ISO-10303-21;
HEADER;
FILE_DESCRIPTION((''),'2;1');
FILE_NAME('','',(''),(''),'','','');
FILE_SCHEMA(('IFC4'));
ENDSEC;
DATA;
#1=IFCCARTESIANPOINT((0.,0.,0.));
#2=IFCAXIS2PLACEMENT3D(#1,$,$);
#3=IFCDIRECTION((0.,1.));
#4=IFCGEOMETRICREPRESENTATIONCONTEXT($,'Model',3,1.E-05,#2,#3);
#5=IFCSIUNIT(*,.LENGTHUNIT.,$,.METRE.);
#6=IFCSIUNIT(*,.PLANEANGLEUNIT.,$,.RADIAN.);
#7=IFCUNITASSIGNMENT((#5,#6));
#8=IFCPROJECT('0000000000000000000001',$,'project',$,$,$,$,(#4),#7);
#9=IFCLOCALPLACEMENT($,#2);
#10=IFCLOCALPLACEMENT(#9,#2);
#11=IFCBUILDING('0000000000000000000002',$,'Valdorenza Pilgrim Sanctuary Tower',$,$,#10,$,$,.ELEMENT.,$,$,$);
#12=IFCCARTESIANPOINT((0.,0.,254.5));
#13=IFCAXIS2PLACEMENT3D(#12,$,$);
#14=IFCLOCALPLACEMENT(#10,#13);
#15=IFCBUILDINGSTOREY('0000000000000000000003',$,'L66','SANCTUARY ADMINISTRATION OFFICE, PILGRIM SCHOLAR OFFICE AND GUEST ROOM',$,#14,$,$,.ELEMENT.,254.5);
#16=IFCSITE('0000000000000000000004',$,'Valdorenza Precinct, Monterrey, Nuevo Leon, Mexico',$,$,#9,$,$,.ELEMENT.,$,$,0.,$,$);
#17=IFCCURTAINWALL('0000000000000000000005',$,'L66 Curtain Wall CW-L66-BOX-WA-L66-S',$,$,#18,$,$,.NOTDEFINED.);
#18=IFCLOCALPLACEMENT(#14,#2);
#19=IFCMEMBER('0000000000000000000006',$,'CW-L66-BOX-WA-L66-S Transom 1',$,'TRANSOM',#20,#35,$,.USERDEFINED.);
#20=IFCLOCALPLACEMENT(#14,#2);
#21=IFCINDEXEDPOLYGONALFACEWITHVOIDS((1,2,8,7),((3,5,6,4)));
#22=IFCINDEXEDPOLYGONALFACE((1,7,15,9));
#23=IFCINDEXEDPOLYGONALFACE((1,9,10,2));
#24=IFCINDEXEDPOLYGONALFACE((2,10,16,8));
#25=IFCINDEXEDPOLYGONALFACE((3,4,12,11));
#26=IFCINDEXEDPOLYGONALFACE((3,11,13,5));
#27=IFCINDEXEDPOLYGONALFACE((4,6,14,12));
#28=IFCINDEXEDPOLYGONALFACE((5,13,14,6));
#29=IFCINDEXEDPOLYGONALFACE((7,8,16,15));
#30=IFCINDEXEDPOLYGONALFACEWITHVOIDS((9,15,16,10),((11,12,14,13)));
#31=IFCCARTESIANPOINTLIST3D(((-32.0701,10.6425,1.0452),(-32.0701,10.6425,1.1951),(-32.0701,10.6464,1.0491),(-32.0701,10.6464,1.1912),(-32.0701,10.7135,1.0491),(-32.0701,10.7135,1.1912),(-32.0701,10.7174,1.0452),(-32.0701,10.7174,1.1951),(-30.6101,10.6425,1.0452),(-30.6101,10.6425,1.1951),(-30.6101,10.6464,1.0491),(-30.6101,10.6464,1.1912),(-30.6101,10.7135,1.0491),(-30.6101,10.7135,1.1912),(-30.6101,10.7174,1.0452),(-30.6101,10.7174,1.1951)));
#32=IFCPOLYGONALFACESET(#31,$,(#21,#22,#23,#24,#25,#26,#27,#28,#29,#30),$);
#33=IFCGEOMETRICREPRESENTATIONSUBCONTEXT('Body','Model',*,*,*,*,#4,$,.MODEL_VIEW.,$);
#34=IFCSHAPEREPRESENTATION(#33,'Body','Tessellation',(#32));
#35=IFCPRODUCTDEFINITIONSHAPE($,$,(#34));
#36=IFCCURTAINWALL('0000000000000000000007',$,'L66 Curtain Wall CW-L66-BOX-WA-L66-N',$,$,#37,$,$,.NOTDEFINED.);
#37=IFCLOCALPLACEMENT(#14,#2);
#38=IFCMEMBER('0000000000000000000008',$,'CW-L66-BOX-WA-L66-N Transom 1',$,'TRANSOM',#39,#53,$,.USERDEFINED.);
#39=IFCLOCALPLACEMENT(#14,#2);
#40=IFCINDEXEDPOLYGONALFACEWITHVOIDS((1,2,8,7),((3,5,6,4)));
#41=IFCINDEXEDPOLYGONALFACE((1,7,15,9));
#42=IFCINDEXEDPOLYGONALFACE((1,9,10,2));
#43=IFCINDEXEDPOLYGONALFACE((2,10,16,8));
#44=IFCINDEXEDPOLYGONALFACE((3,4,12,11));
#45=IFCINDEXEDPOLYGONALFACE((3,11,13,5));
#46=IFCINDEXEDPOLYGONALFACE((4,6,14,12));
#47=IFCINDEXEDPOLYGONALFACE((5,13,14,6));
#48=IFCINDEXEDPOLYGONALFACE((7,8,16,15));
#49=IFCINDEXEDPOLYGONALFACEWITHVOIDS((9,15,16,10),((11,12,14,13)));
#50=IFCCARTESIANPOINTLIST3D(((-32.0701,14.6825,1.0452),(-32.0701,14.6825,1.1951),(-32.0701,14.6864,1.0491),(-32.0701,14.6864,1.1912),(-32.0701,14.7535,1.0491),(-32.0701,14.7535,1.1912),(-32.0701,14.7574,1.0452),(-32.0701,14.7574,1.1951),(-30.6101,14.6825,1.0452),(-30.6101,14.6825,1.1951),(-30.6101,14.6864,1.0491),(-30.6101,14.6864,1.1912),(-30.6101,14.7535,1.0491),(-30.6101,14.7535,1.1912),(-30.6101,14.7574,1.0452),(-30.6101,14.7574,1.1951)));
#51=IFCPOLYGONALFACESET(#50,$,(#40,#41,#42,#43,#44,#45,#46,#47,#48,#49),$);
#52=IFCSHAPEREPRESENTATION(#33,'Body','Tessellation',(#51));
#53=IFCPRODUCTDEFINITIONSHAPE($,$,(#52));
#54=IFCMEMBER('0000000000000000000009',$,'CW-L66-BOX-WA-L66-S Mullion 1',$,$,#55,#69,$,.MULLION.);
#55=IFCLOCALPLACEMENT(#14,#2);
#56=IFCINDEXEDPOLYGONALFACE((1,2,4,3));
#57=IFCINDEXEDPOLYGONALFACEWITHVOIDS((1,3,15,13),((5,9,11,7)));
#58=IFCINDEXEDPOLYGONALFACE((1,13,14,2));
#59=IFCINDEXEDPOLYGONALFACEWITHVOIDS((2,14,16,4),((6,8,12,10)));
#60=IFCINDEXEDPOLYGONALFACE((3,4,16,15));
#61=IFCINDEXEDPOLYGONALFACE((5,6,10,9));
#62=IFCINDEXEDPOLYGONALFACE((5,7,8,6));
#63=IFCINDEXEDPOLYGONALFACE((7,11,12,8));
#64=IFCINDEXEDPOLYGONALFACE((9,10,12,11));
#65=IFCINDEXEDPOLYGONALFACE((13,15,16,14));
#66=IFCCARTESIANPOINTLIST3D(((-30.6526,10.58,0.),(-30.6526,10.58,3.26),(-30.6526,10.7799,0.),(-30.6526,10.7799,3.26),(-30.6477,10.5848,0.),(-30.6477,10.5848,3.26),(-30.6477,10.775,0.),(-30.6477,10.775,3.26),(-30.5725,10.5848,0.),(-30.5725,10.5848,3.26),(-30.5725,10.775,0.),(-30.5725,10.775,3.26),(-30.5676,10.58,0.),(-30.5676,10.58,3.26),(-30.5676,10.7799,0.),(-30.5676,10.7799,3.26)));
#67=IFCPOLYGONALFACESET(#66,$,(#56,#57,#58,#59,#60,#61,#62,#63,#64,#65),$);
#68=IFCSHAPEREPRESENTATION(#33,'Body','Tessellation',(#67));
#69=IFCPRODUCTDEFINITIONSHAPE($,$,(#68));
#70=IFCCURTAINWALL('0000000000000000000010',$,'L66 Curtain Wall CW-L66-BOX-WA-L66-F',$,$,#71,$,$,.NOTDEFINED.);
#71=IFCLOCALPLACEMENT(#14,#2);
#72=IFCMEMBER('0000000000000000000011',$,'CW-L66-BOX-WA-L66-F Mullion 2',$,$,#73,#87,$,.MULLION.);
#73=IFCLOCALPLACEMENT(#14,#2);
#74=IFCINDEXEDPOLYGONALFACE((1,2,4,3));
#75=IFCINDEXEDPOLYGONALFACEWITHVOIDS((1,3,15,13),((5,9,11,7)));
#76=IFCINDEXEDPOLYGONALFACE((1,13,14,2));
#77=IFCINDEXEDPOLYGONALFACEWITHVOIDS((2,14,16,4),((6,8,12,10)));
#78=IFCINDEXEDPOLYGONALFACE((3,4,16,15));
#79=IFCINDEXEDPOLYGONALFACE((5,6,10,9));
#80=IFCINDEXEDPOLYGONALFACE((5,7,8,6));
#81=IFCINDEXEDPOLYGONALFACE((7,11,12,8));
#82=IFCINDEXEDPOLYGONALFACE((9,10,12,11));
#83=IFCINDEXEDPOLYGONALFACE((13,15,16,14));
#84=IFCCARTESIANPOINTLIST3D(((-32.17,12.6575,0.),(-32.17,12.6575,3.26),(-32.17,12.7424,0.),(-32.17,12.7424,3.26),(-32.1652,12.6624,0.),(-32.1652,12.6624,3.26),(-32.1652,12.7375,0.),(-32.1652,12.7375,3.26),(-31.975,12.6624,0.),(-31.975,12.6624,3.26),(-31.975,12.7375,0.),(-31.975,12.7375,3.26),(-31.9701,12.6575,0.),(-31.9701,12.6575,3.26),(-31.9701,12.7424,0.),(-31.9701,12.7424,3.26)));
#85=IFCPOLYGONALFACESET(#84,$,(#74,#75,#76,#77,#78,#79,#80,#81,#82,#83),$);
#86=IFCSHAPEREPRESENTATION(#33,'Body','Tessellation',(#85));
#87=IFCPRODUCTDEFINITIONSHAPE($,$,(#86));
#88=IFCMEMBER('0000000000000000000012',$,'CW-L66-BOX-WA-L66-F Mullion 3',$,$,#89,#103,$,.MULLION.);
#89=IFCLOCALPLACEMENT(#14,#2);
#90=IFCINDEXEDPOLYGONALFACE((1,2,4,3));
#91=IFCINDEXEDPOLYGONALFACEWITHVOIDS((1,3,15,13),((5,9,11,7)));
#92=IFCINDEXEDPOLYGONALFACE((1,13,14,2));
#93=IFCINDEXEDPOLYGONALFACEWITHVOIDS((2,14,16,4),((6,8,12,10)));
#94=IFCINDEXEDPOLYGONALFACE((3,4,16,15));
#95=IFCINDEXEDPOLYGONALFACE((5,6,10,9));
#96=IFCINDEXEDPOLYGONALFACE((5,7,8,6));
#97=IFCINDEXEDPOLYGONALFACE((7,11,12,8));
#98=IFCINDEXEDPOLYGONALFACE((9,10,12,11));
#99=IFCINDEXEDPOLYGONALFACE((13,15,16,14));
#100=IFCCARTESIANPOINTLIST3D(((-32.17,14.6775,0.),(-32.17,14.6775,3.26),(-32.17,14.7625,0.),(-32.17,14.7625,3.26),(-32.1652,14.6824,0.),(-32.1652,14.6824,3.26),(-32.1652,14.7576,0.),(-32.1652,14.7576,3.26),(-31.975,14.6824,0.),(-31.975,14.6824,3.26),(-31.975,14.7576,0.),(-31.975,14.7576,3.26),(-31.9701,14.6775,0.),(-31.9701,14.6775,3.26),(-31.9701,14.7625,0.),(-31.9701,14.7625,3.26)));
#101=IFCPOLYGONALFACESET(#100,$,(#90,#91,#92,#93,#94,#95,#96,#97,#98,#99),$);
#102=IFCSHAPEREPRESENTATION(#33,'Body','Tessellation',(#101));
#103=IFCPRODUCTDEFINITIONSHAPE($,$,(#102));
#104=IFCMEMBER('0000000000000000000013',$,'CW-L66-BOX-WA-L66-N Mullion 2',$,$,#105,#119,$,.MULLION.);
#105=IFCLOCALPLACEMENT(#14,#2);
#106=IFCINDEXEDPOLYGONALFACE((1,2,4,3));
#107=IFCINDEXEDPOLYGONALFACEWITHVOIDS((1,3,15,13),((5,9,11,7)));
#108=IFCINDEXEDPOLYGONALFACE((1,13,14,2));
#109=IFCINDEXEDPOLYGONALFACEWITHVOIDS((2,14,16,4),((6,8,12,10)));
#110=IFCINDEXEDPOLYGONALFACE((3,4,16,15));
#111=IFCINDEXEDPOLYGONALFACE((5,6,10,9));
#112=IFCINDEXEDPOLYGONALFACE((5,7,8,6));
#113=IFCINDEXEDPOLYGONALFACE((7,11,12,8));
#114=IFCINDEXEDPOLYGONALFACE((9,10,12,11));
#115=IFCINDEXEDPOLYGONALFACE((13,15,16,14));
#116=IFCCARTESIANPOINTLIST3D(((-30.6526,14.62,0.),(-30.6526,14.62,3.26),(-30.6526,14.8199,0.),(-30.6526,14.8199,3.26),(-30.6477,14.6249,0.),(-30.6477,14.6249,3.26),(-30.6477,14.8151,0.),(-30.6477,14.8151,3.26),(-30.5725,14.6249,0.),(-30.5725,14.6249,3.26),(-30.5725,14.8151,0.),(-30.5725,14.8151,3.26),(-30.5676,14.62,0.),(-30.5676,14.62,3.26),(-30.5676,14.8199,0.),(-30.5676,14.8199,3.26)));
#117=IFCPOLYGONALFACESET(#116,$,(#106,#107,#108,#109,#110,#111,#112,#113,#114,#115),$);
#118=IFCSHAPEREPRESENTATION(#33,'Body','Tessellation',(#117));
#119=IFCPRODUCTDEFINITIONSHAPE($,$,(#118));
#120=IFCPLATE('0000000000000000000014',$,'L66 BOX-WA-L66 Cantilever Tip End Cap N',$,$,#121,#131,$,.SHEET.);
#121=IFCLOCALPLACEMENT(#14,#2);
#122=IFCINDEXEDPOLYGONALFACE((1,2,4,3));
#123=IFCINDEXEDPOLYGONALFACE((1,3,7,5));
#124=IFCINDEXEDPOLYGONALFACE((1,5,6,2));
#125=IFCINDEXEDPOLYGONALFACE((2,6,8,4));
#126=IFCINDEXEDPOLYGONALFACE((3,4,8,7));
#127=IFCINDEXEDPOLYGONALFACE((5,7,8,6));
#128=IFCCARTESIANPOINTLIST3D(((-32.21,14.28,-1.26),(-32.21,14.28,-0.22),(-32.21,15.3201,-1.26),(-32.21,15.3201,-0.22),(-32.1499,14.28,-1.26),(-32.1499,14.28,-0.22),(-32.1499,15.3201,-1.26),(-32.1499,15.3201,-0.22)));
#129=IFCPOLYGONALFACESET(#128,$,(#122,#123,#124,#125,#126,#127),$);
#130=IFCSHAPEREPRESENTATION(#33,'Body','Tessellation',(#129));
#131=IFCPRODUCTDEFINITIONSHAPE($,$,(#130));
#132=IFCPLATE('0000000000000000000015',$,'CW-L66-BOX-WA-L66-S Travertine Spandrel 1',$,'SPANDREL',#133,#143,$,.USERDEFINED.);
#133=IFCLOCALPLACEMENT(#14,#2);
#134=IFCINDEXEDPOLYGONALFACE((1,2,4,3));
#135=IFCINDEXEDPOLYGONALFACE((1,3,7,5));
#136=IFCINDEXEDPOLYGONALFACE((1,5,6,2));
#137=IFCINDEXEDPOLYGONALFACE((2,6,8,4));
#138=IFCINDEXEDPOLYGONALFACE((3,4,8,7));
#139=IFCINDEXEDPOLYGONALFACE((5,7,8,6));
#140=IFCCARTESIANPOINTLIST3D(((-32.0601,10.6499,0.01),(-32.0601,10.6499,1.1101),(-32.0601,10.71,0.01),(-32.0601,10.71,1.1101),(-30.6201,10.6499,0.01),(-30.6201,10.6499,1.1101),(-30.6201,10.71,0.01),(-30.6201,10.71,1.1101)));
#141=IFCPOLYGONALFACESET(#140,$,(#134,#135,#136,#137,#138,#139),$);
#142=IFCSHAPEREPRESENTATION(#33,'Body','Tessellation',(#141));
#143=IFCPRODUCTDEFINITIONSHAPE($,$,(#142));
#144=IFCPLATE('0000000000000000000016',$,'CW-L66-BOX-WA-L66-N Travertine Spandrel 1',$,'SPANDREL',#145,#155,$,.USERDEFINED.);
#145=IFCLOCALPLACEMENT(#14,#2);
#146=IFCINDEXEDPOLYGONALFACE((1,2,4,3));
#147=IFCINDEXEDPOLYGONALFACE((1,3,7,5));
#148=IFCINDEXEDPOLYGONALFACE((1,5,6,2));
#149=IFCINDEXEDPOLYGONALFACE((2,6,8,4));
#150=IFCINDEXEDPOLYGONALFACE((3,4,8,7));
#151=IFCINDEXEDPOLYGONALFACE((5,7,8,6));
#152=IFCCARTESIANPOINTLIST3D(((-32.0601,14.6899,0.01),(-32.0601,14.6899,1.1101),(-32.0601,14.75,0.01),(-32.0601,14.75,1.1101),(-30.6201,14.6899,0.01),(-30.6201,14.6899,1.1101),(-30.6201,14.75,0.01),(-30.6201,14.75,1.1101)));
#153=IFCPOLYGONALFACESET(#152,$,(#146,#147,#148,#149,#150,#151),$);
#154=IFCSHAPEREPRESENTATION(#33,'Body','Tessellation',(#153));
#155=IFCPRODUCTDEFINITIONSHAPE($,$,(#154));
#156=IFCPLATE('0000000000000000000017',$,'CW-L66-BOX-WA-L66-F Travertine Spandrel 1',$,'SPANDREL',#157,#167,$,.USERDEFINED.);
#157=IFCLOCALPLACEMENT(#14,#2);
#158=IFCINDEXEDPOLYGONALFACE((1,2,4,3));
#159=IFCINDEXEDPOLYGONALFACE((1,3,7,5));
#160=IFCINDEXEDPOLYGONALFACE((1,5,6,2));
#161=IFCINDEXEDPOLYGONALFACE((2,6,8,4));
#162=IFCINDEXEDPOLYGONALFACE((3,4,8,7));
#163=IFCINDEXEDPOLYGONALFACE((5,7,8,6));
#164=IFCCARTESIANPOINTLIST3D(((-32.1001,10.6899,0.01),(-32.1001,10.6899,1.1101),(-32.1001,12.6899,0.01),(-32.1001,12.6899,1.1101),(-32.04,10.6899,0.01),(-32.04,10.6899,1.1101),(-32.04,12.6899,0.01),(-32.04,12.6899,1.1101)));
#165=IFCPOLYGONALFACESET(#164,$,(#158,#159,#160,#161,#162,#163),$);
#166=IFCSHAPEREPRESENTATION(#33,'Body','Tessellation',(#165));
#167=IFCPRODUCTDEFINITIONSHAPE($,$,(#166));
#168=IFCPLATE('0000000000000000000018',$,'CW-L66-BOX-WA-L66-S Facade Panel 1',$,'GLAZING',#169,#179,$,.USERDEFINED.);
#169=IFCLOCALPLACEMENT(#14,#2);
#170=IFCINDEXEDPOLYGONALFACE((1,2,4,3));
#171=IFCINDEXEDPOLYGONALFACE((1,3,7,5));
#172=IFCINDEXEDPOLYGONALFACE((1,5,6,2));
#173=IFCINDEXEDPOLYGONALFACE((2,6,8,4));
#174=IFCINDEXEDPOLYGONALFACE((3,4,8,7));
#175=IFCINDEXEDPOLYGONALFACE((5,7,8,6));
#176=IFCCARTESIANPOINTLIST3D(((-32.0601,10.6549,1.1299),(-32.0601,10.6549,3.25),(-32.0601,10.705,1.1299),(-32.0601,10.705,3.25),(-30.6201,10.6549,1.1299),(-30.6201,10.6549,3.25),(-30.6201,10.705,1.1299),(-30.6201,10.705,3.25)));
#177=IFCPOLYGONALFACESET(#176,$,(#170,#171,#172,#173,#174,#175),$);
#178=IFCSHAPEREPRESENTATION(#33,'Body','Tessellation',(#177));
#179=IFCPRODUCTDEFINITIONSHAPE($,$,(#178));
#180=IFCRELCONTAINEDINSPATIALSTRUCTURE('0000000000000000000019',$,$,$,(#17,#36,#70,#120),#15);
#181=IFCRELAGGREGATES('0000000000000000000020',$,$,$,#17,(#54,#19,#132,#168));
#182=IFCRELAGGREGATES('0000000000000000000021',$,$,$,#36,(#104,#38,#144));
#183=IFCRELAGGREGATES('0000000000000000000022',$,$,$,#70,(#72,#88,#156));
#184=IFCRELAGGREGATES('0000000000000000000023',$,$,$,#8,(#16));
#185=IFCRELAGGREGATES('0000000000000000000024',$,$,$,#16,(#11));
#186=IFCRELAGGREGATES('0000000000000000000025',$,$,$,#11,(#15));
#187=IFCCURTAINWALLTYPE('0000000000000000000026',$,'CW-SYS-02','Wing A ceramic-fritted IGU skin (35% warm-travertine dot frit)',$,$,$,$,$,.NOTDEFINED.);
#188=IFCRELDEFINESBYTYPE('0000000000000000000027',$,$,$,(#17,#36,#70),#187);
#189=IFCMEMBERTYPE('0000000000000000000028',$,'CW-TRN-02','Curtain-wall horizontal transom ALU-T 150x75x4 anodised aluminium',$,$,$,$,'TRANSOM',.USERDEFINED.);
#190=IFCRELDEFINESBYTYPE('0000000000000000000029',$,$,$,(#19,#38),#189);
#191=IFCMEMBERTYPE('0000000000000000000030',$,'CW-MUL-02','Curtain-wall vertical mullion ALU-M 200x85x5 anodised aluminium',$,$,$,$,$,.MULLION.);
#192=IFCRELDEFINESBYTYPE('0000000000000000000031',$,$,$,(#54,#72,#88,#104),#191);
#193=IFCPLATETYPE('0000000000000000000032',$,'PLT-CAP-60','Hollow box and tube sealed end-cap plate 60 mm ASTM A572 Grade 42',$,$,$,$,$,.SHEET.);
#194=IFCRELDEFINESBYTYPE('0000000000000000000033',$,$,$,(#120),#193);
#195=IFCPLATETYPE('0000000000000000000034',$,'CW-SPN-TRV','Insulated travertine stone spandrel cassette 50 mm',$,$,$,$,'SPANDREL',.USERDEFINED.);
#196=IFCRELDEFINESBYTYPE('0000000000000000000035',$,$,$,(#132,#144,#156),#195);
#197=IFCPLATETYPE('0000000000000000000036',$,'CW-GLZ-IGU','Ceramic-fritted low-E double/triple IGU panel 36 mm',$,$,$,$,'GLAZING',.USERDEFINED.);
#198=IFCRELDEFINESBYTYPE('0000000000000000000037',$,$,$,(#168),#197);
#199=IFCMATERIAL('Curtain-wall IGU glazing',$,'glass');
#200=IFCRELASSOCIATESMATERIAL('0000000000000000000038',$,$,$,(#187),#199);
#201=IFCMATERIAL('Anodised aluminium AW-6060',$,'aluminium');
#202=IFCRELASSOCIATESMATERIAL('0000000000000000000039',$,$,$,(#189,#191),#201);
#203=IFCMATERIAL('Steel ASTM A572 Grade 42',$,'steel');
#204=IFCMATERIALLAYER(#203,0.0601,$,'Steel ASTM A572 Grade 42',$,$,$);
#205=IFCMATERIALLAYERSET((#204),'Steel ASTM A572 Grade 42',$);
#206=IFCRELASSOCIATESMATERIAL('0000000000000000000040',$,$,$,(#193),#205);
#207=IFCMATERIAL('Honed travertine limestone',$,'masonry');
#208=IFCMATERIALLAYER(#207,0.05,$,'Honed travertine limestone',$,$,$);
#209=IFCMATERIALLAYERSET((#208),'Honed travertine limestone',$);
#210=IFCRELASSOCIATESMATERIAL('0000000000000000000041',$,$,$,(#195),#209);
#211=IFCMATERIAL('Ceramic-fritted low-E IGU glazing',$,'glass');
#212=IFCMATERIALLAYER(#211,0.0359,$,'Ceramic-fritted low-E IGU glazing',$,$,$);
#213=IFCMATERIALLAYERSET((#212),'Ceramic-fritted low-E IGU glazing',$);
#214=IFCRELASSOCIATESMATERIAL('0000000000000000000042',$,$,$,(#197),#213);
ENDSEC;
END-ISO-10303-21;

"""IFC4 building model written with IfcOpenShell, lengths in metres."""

from ifc_helpers import new_model, si_unit, direction, frame, origin, origin_2d, place, context, subcontext, project, spatial, rectangle, hollow_rectangle, extrude, source, transform, mapped, material, layer, layer_set, material_profile, profile_set, type_object, element, aggregate, save


model = new_model("IFC4")

# Units and contexts
model_context = context("Model", 3, precision=1e-05, world=origin(), true_north=direction((0.0, 1.0)))
body_context = subcontext(model_context, "Body", "Model", "MODEL_VIEW")
ifc_project = project(units=[si_unit("LENGTHUNIT", "METRE"), si_unit("PLANEANGLEUNIT", "RADIAN")], contexts=[model_context])

# Site, building, storey
site_placement = place(None, origin())
site = spatial("IfcSite", under=ifc_project, at=site_placement, Name="Valdorenza Precinct, Monterrey, Nuevo Leon, Mexico", CompositionType="ELEMENT", RefElevation=0.0)
building_placement = place(site_placement, origin())
building = spatial("IfcBuilding", under=site, at=building_placement, Name="Valdorenza Pilgrim Sanctuary Tower", CompositionType="ELEMENT")
storey_placement = place(building_placement, frame((0.0, 0.0, 254.5)))
storey = spatial("IfcBuildingStorey", under=building, at=storey_placement, Name="L66", Description="SANCTUARY ADMINISTRATION OFFICE, PILGRIM SCHOLAR OFFICE AND GUEST ROOM", CompositionType="ELEMENT", Elevation=254.5)

# Curtain walls, members
ifc_material_1 = material(Name="Curtain-wall IGU glazing", Category="glass")
curtain_wall_type = type_object("IfcCurtainWallType", Name="CW-SYS-02", Description="Wing A ceramic-fritted IGU skin (35% warm-travertine dot frit)", PredefinedType="NOTDEFINED", material=ifc_material_1)
curtain_wall_1_placement = place(storey_placement, origin())
curtain_wall_1 = element("IfcCurtainWall", 1, at=curtain_wall_1_placement, inside=storey, type_object=curtain_wall_type, Name="L66 Curtain Wall CW-L66-BOX-WA-L66-S", PredefinedType="NOTDEFINED")
ifc_material_2 = material(Name="Anodised aluminium AW-6060", Category="aluminium")
ifc_material_profile_1 = material_profile(ifc_material_2, hollow_rectangle(XDim=0.075, YDim=0.1499, WallThickness=0.0039, at=origin_2d()), Name="ALU-T 150x75x4")
ifc_profile_set_1 = profile_set([ifc_material_profile_1], Name="Anodised aluminium AW-6060")
member_type_1 = type_object("IfcMemberType", Name="CW-TRN-02", Description="Curtain-wall horizontal transom ALU-T 150x75x4 anodised aluminium", ElementType="TRANSOM", PredefinedType="USERDEFINED", material=ifc_profile_set_1)
shared_shape_1 = source(origin(), body_context, "Body", "SweptSolid", [
    extrude(hollow_rectangle(XDim=0.075, YDim=0.1499, WallThickness=0.0039, at=origin_2d()), origin(), (0.0, 0.0, 1.0), 1.46),
])
member_1_placement = place(storey_placement, frame((-30.6101, 10.6799, 1.1201), z_axis=(-1.0, 0.0, 0.0), x_axis=(0.0, -1.0, 0.0)))
member_1 = element("IfcMember", 2, at=member_1_placement, type_object=member_type_1, Name="CW-L66-BOX-WA-L66-S Transom 1", ObjectType="TRANSOM", PredefinedType="USERDEFINED", context=body_context, shape_type="MappedRepresentation", body=[
    mapped(shared_shape_1, transform((0.0, 0.0, 0.0), x_axis=(1.0, 0.0, 0.0), y_axis=(0.0, 1.0, 0.0), z_axis=(0.0, 0.0, 1.0), scale=1.0)),
])
curtain_wall_2_placement = place(storey_placement, origin())
curtain_wall_2 = element("IfcCurtainWall", 3, at=curtain_wall_2_placement, inside=storey, type_object=curtain_wall_type, Name="L66 Curtain Wall CW-L66-BOX-WA-L66-N", PredefinedType="NOTDEFINED")
member_2_placement = place(storey_placement, frame((-32.0701, 14.72, 1.1201), z_axis=(1.0, 0.0, 0.0), x_axis=(0.0, 1.0, 0.0)))
member_2 = element("IfcMember", 4, at=member_2_placement, type_object=member_type_1, Name="CW-L66-BOX-WA-L66-N Transom 1", ObjectType="TRANSOM", PredefinedType="USERDEFINED", context=body_context, shape_type="MappedRepresentation", body=[
    mapped(shared_shape_1, transform((0.0, 0.0, 0.0), x_axis=(1.0, 0.0, 0.0), y_axis=(0.0, 1.0, 0.0), z_axis=(0.0, 0.0, 1.0), scale=1.0)),
])

# Member
ifc_material_profile_2 = material_profile(ifc_material_2, hollow_rectangle(XDim=0.085, YDim=0.2, WallThickness=0.0049, at=origin_2d()), Name="ALU-M 200x85x5")
ifc_profile_set_2 = profile_set([ifc_material_profile_2], Name="Anodised aluminium AW-6060")
member_type_2 = type_object("IfcMemberType", Name="CW-MUL-02", Description="Curtain-wall vertical mullion ALU-M 200x85x5 anodised aluminium", PredefinedType="MULLION", material=ifc_profile_set_2)
shared_shape_2 = source(origin(), body_context, "Body", "SweptSolid", [
    extrude(hollow_rectangle(XDim=0.085, YDim=0.2, WallThickness=0.0049, at=origin_2d()), origin(), (0.0, 0.0, 1.0), 3.26),
])
member_3_placement = place(storey_placement, frame((-30.6101, 10.6799, 0.0), z_axis=(0.0, 0.0, 1.0), x_axis=(-1.0, 0.0, 0.0)))
member_3 = element("IfcMember", 5, at=member_3_placement, type_object=member_type_2, Name="CW-L66-BOX-WA-L66-S Mullion 1", PredefinedType="MULLION", context=body_context, shape_type="MappedRepresentation", body=[
    mapped(shared_shape_2, transform((0.0, 0.0, 0.0), x_axis=(1.0, 0.0, 0.0), y_axis=(0.0, 1.0, 0.0), z_axis=(0.0, 0.0, 1.0), scale=1.0)),
])

# Curtain wall, members
curtain_wall_3_placement = place(storey_placement, origin())
curtain_wall_3 = element("IfcCurtainWall", 6, at=curtain_wall_3_placement, inside=storey, type_object=curtain_wall_type, Name="L66 Curtain Wall CW-L66-BOX-WA-L66-F", PredefinedType="NOTDEFINED")
member_4_placement = place(storey_placement, frame((-32.0701, 12.7, 0.0), z_axis=(0.0, 0.0, 1.0), x_axis=(0.0, 1.0, 0.0)))
member_4 = element("IfcMember", 7, at=member_4_placement, type_object=member_type_2, Name="CW-L66-BOX-WA-L66-F Mullion 2", PredefinedType="MULLION", context=body_context, shape_type="MappedRepresentation", body=[
    mapped(shared_shape_2, transform((0.0, 0.0, 0.0), x_axis=(1.0, 0.0, 0.0), y_axis=(0.0, 1.0, 0.0), z_axis=(0.0, 0.0, 1.0), scale=1.0)),
])
member_5_placement = place(storey_placement, frame((-32.0701, 14.72, 0.0), z_axis=(0.0, 0.0, 1.0), x_axis=(0.0, 1.0, 0.0)))
member_5 = element("IfcMember", 8, at=member_5_placement, type_object=member_type_2, Name="CW-L66-BOX-WA-L66-F Mullion 3", PredefinedType="MULLION", context=body_context, shape_type="MappedRepresentation", body=[
    mapped(shared_shape_2, transform((0.0, 0.0, 0.0), x_axis=(1.0, 0.0, 0.0), y_axis=(0.0, 1.0, 0.0), z_axis=(0.0, 0.0, 1.0), scale=1.0)),
])

# Member
member_6_placement = place(storey_placement, frame((-30.6101, 14.72, 0.0), z_axis=(0.0, 0.0, 1.0), x_axis=(1.0, 0.0, 0.0)))
member_6 = element("IfcMember", 9, at=member_6_placement, type_object=member_type_2, Name="CW-L66-BOX-WA-L66-N Mullion 2", PredefinedType="MULLION", context=body_context, shape_type="MappedRepresentation", body=[
    mapped(shared_shape_2, transform((0.0, 0.0, 0.0), x_axis=(1.0, 0.0, 0.0), y_axis=(0.0, 1.0, 0.0), z_axis=(0.0, 0.0, 1.0), scale=1.0)),
])

# Plates
ifc_material_3 = material(Name="Steel ASTM A572 Grade 42", Category="steel")
ifc_layer_1 = layer(ifc_material_3, 0.0601, Name="Steel ASTM A572 Grade 42")
ifc_layer_set_1 = layer_set([ifc_layer_1], Name="Steel ASTM A572 Grade 42")
plate_type_1 = type_object("IfcPlateType", Name="PLT-CAP-60", Description="Hollow box and tube sealed end-cap plate 60 mm ASTM A572 Grade 42", PredefinedType="SHEET", material=ifc_layer_set_1)
shared_shape_3 = source(origin(), body_context, "Body", "SweptSolid", [
    extrude(rectangle(XDim=0.0601, YDim=1.04, at=origin_2d()), origin(), (0.0, 0.0, 1.0), 1.04),
])
plate_1_placement = place(storey_placement, frame((-32.1799, 14.8, -1.26), z_axis=(0.0, 0.0, 1.0), x_axis=(1.0, 0.0, 0.0)))
element("IfcPlate", 10, at=plate_1_placement, inside=storey, type_object=plate_type_1, Name="L66 BOX-WA-L66 Cantilever Tip End Cap N", PredefinedType="SHEET", context=body_context, shape_type="MappedRepresentation", body=[
    mapped(shared_shape_3, transform((0.0, 0.0, 0.0), x_axis=(1.0, 0.0, 0.0), y_axis=(0.0, 1.0, 0.0), z_axis=(0.0, 0.0, 1.0), scale=1.0)),
])
ifc_material_4 = material(Name="Honed travertine limestone", Category="masonry")
ifc_layer_2 = layer(ifc_material_4, 0.05, Name="Honed travertine limestone")
ifc_layer_set_2 = layer_set([ifc_layer_2], Name="Honed travertine limestone")
plate_type_2 = type_object("IfcPlateType", Name="CW-SPN-TRV", Description="Insulated travertine stone spandrel cassette 50 mm", ElementType="SPANDREL", PredefinedType="USERDEFINED", material=ifc_layer_set_2)
shared_shape_4 = source(origin(), body_context, "Body", "SweptSolid", [
    extrude(rectangle(XDim=1.4399, YDim=0.0601, at=origin_2d()), origin(), (0.0, 0.0, 1.0), 1.1001),
])
plate_2_placement = place(storey_placement, frame((-31.3401, 10.6799, 0.01), z_axis=(0.0, 0.0, 1.0), x_axis=(-1.0, 0.0, 0.0)))
plate_2 = element("IfcPlate", 11, at=plate_2_placement, type_object=plate_type_2, Name="CW-L66-BOX-WA-L66-S Travertine Spandrel 1", ObjectType="SPANDREL", PredefinedType="USERDEFINED", context=body_context, shape_type="MappedRepresentation", body=[
    mapped(shared_shape_4, transform((0.0, 0.0, 0.0), x_axis=(1.0, 0.0, 0.0), y_axis=(0.0, 1.0, 0.0), z_axis=(0.0, 0.0, 1.0), scale=1.0)),
])
plate_3_placement = place(storey_placement, frame((-31.3401, 14.72, 0.01), z_axis=(0.0, 0.0, 1.0), x_axis=(1.0, 0.0, 0.0)))
plate_3 = element("IfcPlate", 12, at=plate_3_placement, type_object=plate_type_2, Name="CW-L66-BOX-WA-L66-N Travertine Spandrel 1", ObjectType="SPANDREL", PredefinedType="USERDEFINED", context=body_context, shape_type="MappedRepresentation", body=[
    mapped(shared_shape_4, transform((0.0, 0.0, 0.0), x_axis=(1.0, 0.0, 0.0), y_axis=(0.0, 1.0, 0.0), z_axis=(0.0, 0.0, 1.0), scale=1.0)),
])
shared_shape_5 = source(origin(), body_context, "Body", "SweptSolid", [
    extrude(rectangle(XDim=2.0, YDim=0.0601, at=origin_2d()), origin(), (0.0, 0.0, 1.0), 1.1001),
])
plate_4_placement = place(storey_placement, frame((-32.0701, 11.6899, 0.01), z_axis=(0.0, 0.0, 1.0), x_axis=(0.0, 1.0, 0.0)))
plate_4 = element("IfcPlate", 13, at=plate_4_placement, type_object=plate_type_2, Name="CW-L66-BOX-WA-L66-F Travertine Spandrel 1", ObjectType="SPANDREL", PredefinedType="USERDEFINED", context=body_context, shape_type="MappedRepresentation", body=[
    mapped(shared_shape_5, transform((0.0, 0.0, 0.0), x_axis=(1.0, 0.0, 0.0), y_axis=(0.0, 1.0, 0.0), z_axis=(0.0, 0.0, 1.0), scale=1.0)),
])
ifc_material_5 = material(Name="Ceramic-fritted low-E IGU glazing", Category="glass")
ifc_layer_3 = layer(ifc_material_5, 0.0359, Name="Ceramic-fritted low-E IGU glazing")
ifc_layer_set_3 = layer_set([ifc_layer_3], Name="Ceramic-fritted low-E IGU glazing")
plate_type_3 = type_object("IfcPlateType", Name="CW-GLZ-IGU", Description="Ceramic-fritted low-E double/triple IGU panel 36 mm", ElementType="GLAZING", PredefinedType="USERDEFINED", material=ifc_layer_set_3)
shared_shape_6 = source(origin(), body_context, "Body", "SweptSolid", [
    extrude(rectangle(XDim=1.4399, YDim=0.05, at=origin_2d()), origin(), (0.0, 0.0, 1.0), 2.1201),
])
plate_5_placement = place(storey_placement, frame((-31.3401, 10.6799, 1.1299), z_axis=(0.0, 0.0, 1.0), x_axis=(-1.0, 0.0, 0.0)))
plate_5 = element("IfcPlate", 14, at=plate_5_placement, type_object=plate_type_3, Name="CW-L66-BOX-WA-L66-S Facade Panel 1", ObjectType="GLAZING", PredefinedType="USERDEFINED", context=body_context, shape_type="MappedRepresentation", body=[
    mapped(shared_shape_6, transform((0.0, 0.0, 0.0), x_axis=(1.0, 0.0, 0.0), y_axis=(0.0, 1.0, 0.0), z_axis=(0.0, 0.0, 1.0), scale=1.0)),
])
aggregate(curtain_wall_1, [member_3, member_1, plate_2, plate_5])
aggregate(curtain_wall_2, [member_6, member_2, plate_3])
aggregate(curtain_wall_3, [member_4, member_5, plate_4])

save(model, "model.ifc")
